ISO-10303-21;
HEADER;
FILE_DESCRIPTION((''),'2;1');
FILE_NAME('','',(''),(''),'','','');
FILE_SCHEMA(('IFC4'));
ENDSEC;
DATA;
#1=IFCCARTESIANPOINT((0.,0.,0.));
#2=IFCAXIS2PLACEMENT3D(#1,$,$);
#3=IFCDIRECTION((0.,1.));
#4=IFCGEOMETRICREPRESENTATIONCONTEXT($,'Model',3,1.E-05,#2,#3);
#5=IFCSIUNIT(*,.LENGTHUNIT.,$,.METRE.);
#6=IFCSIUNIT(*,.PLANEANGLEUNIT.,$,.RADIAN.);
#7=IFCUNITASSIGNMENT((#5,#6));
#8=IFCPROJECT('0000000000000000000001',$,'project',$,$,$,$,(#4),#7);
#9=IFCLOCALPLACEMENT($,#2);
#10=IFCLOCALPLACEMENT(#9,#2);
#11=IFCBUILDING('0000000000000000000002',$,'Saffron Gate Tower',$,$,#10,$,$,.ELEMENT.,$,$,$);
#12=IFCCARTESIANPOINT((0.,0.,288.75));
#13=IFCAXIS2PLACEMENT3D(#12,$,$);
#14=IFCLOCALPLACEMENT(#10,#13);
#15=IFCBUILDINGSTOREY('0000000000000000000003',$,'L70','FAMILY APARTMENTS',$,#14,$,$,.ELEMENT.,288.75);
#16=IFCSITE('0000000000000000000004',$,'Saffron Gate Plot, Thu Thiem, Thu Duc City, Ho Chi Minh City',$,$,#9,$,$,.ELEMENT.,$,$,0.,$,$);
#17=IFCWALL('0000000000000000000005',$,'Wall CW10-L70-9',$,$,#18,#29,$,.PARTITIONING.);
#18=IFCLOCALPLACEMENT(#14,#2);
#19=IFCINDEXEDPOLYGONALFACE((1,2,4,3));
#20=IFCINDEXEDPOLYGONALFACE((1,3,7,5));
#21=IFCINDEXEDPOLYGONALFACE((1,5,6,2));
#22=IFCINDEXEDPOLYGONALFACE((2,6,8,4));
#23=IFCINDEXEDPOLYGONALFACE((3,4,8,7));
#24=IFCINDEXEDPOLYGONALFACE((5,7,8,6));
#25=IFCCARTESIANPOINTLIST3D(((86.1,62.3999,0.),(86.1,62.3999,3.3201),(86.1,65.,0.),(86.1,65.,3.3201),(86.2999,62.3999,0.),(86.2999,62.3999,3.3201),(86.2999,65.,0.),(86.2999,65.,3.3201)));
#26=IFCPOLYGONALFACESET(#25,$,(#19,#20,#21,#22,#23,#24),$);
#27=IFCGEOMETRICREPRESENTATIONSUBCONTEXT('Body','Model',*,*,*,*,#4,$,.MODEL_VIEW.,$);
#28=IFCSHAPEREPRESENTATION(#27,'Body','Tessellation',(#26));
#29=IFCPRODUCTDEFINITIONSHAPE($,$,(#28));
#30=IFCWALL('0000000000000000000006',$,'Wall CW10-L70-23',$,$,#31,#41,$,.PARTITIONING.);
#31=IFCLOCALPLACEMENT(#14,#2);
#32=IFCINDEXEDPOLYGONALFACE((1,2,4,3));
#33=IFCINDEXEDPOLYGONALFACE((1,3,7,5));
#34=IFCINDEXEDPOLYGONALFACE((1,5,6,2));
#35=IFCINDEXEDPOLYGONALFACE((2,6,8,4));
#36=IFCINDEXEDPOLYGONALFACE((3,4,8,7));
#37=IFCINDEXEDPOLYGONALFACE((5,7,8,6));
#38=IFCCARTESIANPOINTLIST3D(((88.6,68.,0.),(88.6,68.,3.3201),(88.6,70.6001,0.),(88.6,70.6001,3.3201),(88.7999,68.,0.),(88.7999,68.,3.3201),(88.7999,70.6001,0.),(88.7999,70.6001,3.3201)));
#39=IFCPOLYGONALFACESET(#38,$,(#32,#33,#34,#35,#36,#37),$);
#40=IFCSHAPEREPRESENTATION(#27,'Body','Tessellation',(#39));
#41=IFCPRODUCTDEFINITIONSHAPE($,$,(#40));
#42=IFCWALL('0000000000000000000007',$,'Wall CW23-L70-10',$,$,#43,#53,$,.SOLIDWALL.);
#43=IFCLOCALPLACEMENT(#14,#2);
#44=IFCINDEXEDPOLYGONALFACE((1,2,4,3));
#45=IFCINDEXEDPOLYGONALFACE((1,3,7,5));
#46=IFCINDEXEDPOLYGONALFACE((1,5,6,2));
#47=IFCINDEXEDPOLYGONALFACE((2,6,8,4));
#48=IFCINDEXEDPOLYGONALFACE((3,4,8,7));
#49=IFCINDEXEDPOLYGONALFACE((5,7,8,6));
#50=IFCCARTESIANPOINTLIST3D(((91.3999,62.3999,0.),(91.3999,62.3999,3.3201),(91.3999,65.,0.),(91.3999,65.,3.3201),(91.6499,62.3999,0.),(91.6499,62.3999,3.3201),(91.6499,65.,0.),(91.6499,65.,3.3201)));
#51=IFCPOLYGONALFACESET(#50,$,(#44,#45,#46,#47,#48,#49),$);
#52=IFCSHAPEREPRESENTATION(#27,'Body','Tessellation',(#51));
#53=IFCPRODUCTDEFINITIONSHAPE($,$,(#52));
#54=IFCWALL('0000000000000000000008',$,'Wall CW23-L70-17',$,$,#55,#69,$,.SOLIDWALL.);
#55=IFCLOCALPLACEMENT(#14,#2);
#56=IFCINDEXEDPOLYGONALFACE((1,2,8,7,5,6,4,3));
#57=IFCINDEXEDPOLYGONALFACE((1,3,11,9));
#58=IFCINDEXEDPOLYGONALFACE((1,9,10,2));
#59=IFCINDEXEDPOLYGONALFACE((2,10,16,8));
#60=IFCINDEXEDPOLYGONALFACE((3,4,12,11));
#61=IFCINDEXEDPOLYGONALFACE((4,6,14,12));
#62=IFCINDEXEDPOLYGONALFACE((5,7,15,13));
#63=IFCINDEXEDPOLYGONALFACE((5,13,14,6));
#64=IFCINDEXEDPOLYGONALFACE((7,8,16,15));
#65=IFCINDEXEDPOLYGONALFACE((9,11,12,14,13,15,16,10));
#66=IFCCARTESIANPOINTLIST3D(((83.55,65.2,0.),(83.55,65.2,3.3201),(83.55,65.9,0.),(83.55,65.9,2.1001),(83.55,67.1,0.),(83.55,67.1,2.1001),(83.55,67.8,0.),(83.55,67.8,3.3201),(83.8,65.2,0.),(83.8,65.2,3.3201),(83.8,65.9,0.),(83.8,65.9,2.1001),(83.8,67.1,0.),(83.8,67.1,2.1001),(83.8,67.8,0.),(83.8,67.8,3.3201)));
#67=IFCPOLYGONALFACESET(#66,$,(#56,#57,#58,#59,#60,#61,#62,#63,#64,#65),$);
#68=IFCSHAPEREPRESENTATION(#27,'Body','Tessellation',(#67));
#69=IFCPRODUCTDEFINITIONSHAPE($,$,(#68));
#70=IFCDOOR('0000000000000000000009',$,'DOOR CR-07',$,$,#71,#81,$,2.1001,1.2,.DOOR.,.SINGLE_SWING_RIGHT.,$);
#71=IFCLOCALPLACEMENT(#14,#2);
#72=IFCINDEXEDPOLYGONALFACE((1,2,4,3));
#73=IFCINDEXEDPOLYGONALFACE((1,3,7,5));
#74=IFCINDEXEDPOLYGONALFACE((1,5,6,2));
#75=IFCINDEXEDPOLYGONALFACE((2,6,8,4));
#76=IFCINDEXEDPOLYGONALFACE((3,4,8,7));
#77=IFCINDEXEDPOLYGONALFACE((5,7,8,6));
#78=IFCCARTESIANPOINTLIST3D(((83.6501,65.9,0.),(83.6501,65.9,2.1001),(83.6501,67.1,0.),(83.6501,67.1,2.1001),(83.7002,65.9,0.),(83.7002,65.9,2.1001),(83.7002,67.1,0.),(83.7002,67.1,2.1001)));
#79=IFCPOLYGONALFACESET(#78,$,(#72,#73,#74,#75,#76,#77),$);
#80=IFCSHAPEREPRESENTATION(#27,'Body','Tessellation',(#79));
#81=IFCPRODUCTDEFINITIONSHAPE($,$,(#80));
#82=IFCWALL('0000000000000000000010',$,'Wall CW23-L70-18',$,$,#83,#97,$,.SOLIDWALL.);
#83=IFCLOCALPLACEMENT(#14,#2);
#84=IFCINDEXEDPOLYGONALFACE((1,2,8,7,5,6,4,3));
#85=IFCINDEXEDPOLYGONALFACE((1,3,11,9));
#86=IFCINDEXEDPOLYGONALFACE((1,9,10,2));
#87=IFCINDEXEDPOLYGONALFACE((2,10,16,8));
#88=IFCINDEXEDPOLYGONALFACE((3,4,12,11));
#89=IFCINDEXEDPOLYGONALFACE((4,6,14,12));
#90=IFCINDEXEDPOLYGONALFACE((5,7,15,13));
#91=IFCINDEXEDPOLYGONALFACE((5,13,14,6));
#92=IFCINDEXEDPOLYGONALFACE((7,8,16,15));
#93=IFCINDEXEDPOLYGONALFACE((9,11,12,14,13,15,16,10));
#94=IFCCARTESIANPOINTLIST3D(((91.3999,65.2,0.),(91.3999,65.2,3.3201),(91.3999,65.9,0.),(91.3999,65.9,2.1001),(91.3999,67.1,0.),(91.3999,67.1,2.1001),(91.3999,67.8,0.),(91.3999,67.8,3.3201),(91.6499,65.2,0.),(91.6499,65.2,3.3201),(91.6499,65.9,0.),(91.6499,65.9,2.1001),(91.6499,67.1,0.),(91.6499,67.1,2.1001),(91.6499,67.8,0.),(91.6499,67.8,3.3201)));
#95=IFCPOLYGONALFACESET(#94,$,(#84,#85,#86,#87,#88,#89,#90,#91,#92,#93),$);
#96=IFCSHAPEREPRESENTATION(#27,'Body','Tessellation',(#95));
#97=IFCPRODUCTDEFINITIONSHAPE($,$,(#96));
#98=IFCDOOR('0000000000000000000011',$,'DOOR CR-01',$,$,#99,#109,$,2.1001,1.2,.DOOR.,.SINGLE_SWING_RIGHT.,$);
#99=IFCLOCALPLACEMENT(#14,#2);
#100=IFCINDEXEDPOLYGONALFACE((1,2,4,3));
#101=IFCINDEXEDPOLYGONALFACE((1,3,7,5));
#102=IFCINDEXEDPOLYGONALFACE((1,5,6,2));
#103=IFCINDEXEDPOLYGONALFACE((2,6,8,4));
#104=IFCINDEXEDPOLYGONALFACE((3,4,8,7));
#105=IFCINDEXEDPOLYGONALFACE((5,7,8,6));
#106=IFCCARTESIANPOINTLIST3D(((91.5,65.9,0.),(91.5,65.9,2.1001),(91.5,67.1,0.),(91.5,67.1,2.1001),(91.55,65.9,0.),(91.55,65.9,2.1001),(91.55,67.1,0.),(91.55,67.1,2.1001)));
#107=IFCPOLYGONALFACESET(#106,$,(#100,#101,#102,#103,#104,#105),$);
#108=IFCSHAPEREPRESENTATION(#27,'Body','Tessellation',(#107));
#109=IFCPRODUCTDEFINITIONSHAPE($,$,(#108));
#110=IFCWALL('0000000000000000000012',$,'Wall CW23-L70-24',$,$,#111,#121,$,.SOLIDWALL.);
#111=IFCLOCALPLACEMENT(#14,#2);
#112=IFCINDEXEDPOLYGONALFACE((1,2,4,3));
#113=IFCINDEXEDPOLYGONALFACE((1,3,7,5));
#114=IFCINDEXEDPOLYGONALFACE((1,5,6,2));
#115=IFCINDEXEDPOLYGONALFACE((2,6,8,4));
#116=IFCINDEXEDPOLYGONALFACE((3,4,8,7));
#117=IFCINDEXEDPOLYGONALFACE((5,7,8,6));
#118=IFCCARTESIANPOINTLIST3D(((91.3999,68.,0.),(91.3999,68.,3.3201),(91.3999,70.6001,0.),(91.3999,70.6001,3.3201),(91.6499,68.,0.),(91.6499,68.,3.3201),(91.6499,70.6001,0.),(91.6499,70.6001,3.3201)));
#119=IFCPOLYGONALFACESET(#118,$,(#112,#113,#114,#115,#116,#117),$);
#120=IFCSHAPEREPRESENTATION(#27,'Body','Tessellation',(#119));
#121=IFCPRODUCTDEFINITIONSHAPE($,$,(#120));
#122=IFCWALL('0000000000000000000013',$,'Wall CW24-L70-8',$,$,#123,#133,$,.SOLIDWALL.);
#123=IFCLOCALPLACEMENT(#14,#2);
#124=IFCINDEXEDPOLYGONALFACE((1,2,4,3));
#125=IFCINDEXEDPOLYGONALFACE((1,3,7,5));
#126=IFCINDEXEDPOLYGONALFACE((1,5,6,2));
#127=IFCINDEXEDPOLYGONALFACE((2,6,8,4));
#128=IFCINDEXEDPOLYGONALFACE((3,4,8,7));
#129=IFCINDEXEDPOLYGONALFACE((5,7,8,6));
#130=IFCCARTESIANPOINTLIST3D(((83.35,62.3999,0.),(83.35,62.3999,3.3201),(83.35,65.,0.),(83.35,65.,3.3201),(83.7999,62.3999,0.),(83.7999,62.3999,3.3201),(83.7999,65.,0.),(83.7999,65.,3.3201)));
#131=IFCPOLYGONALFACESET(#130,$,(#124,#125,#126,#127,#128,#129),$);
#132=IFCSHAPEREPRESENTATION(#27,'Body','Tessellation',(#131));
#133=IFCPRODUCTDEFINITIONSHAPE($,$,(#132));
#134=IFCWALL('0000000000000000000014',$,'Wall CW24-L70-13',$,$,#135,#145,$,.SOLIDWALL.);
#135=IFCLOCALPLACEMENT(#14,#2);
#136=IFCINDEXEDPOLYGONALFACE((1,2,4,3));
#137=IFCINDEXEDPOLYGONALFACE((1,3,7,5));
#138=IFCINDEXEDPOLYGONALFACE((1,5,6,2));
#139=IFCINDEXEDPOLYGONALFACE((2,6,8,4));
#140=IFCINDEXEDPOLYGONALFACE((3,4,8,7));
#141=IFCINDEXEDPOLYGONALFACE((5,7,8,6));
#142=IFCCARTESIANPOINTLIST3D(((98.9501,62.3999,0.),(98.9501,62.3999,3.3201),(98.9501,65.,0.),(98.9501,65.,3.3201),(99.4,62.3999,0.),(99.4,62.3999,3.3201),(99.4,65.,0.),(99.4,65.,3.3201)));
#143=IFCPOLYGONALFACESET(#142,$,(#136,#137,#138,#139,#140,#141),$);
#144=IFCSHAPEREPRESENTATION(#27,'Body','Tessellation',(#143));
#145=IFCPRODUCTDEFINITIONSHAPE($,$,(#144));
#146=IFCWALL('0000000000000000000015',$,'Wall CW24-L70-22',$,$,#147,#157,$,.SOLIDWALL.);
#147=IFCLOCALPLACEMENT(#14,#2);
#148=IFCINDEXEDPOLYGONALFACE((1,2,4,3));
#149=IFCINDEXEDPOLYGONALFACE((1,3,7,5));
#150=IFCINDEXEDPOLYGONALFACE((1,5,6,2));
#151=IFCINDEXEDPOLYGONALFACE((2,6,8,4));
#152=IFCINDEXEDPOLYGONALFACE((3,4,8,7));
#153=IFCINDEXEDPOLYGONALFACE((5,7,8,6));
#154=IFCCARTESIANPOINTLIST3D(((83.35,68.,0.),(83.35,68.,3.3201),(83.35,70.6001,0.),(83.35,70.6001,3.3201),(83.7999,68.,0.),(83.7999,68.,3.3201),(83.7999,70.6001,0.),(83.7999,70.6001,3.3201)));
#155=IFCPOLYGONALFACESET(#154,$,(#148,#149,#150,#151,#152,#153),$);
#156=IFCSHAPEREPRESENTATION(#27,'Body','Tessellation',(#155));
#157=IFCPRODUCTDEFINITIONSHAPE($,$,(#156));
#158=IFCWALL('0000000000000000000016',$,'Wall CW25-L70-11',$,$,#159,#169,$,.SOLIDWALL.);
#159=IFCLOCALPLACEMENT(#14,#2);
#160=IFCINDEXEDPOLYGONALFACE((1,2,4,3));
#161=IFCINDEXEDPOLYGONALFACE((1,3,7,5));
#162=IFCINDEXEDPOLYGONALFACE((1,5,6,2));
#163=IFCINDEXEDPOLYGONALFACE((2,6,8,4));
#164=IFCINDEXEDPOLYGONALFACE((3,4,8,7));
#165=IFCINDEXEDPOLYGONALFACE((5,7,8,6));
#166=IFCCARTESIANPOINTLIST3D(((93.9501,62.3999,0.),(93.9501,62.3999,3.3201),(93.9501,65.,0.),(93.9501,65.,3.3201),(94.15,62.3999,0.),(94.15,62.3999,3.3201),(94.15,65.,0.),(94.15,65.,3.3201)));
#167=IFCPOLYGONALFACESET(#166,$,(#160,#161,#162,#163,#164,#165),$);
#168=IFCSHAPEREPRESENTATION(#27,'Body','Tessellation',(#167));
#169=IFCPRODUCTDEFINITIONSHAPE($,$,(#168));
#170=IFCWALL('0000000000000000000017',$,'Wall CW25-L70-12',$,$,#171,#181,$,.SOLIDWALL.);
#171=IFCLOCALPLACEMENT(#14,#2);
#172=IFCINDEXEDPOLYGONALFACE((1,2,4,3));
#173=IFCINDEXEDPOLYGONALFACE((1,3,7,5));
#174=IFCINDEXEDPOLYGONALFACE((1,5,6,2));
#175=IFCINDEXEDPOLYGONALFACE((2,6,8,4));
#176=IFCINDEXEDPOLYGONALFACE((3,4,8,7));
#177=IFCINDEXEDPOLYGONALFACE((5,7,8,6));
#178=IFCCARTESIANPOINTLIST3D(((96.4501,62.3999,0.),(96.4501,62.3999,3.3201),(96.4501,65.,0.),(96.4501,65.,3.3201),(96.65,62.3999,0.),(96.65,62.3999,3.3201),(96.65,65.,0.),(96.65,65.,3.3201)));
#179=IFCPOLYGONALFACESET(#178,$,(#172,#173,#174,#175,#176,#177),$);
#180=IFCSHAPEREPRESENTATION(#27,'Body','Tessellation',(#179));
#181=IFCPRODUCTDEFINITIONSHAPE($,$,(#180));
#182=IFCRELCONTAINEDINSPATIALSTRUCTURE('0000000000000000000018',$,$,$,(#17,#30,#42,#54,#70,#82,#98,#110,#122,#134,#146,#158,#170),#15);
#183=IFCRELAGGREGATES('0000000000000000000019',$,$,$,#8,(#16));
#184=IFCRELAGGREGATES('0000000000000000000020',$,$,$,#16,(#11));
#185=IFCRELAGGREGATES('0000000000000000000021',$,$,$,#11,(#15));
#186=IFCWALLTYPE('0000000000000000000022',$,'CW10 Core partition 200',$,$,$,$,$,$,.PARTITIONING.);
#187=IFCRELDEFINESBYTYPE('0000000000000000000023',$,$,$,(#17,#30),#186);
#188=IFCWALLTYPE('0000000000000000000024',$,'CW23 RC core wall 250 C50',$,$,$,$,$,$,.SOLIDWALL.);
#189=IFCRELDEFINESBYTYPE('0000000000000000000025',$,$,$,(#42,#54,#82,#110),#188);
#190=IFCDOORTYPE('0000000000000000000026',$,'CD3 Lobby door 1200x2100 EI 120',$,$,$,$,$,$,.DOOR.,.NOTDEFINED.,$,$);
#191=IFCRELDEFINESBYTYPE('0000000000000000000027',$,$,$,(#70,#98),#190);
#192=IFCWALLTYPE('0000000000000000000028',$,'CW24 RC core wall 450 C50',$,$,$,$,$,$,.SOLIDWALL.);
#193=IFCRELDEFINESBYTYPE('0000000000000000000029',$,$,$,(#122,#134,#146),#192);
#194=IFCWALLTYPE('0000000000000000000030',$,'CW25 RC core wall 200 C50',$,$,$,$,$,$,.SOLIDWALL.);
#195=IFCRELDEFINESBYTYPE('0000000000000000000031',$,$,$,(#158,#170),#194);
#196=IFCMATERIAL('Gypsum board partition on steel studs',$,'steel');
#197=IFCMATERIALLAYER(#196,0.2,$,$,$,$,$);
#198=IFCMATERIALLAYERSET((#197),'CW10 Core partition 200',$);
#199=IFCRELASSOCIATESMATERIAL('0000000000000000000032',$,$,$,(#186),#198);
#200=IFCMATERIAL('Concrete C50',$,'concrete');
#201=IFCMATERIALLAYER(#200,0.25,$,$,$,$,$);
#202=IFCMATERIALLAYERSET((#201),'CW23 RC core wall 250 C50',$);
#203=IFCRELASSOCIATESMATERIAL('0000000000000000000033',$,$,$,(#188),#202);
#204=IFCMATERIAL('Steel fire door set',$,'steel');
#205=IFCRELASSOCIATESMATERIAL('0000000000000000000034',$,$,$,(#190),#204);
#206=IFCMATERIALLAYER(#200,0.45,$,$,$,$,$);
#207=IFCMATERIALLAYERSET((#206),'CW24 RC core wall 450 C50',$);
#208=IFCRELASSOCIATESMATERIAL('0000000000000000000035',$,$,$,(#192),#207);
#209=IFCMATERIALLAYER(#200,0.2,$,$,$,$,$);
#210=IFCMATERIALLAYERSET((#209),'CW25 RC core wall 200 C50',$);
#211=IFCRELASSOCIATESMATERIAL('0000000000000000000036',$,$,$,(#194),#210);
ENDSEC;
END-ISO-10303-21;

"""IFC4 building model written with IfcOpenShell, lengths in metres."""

from ifc_helpers import new_model, si_unit, direction, frame, frame_2d, origin, place, context, subcontext, project, spatial, rectangle, extrude, material, layer, layer_set, type_object, element, fill, save


model = new_model("IFC4")

# Units and contexts
model_context = context("Model", 3, precision=1e-05, world=origin(), true_north=direction((0.0, 1.0)))
body_context = subcontext(model_context, "Body", "Model", "MODEL_VIEW")
ifc_project = project(units=[si_unit("LENGTHUNIT", "METRE"), si_unit("PLANEANGLEUNIT", "RADIAN")], contexts=[model_context])

# Site, building, storey
site_placement = place(None, origin())
site = spatial("IfcSite", under=ifc_project, at=site_placement, Name="Saffron Gate Plot, Thu Thiem, Thu Duc City, Ho Chi Minh City", CompositionType="ELEMENT", RefElevation=0.0)
building_placement = place(site_placement, origin())
building = spatial("IfcBuilding", under=site, at=building_placement, Name="Saffron Gate Tower", CompositionType="ELEMENT")
storey_placement = place(building_placement, frame((0.0, 0.0, 288.75)))
storey = spatial("IfcBuildingStorey", under=building, at=storey_placement, Name="L70", Description="FAMILY APARTMENTS", CompositionType="ELEMENT", Elevation=288.75)

# Walls
ifc_material_1 = material(Name="Gypsum board partition on steel studs", Category="steel")
ifc_layer_1 = layer(ifc_material_1, 0.2)
ifc_layer_set_1 = layer_set([ifc_layer_1], Name="CW10 Core partition 200")
wall_type_1 = type_object("IfcWallType", Name="CW10 Core partition 200", PredefinedType="PARTITIONING", material=ifc_layer_set_1)
for number, where, z_axis, x_axis, name in (
    (1, (86.2, 62.3999, 0.0), (0.0, 0.0, 1.0), (0.0, 1.0, 0.0), "Wall CW10-L70-9"),
    (2, (88.7, 68.0, 0.0), (0.0, 0.0, 1.0), (0.0, 1.0, 0.0), "Wall CW10-L70-23"),
):
    element("IfcWall", number, at=place(storey_placement, frame(where, z_axis=z_axis, x_axis=x_axis)), inside=storey, type_object=wall_type_1, Name=name, PredefinedType="PARTITIONING", context=body_context, shape_type="SweptSolid", body=[
        extrude(rectangle(XDim=2.6001, YDim=0.2, at=frame_2d((1.3, 0.0))), origin(), (0.0, 0.0, 1.0), 3.3201),
    ])
ifc_material_2 = material(Name="Concrete C50", Category="concrete")
ifc_layer_2 = layer(ifc_material_2, 0.25)
ifc_layer_set_2 = layer_set([ifc_layer_2], Name="CW23 RC core wall 250 C50")
wall_type_2 = type_object("IfcWallType", Name="CW23 RC core wall 250 C50", PredefinedType="SOLIDWALL", material=ifc_layer_set_2)
wall_1_placement = place(storey_placement, frame((91.5249, 62.3999, 0.0), z_axis=(0.0, 0.0, 1.0), x_axis=(0.0, 1.0, 0.0)))
element("IfcWall", 3, at=wall_1_placement, inside=storey, type_object=wall_type_2, Name="Wall CW23-L70-10", PredefinedType="SOLIDWALL", context=body_context, shape_type="SweptSolid", body=[
    extrude(rectangle(XDim=2.6001, YDim=0.25, at=frame_2d((1.3, 0.0))), origin(), (0.0, 0.0, 1.0), 3.3201),
])

# Walls, openings, doors
wall_2_placement = place(storey_placement, frame((83.675, 65.2, 0.0), z_axis=(0.0, 0.0, 1.0), x_axis=(0.0, 1.0, 0.0)))
wall_2 = element("IfcWall", 4, at=wall_2_placement, inside=storey, type_object=wall_type_2, Name="Wall CW23-L70-17", PredefinedType="SOLIDWALL", context=body_context, shape_type="SweptSolid", body=[
    extrude(rectangle(XDim=2.6001, YDim=0.25, at=frame_2d((1.3, 0.0))), origin(), (0.0, 0.0, 1.0), 3.3201),
])
opening_1_placement = place(wall_2_placement, frame((0.7, 0.0, 0.0)))
opening_1 = element("IfcOpeningElement", 5, at=opening_1_placement, cuts=wall_2, PredefinedType="OPENING", context=body_context, shape_type="SweptSolid", body=[
    extrude(rectangle(XDim=1.2, YDim=2.1001, at=frame_2d((0.6001, 1.05))), frame((0.0, 0.135, 0.0), z_axis=(0.0, -1.0, 0.0), x_axis=(1.0, 0.0, 0.0)), (0.0, 0.0, 1.0), 0.27),
])
ifc_material_3 = material(Name="Steel fire door set", Category="steel")
door_type_1 = type_object("IfcDoorType", Name="CD3 Lobby door 1200x2100 EI 120", OperationType="NOTDEFINED", PredefinedType="DOOR", material=ifc_material_3)
door_1_placement = place(opening_1_placement, origin())
door_1 = element("IfcDoor", 6, at=door_1_placement, inside=storey, type_object=door_type_1, Name="DOOR CR-07", OperationType="SINGLE_SWING_RIGHT", OverallHeight=2.1001, OverallWidth=1.2, PredefinedType="DOOR", context=body_context, shape_type="SweptSolid", body=[
    extrude(rectangle(XDim=1.2, YDim=2.1001, at=frame_2d((0.6001, 1.05))), frame((0.0, 0.0249, 0.0), z_axis=(0.0, -1.0, 0.0), x_axis=(1.0, 0.0, 0.0)), (0.0, 0.0, 1.0), 0.05),
])
fill(opening_1, door_1)
wall_3_placement = place(storey_placement, frame((91.5249, 65.2, 0.0), z_axis=(0.0, 0.0, 1.0), x_axis=(0.0, 1.0, 0.0)))
wall_3 = element("IfcWall", 7, at=wall_3_placement, inside=storey, type_object=wall_type_2, Name="Wall CW23-L70-18", PredefinedType="SOLIDWALL", context=body_context, shape_type="SweptSolid", body=[
    extrude(rectangle(XDim=2.6001, YDim=0.25, at=frame_2d((1.3, 0.0))), origin(), (0.0, 0.0, 1.0), 3.3201),
])
opening_2_placement = place(wall_3_placement, frame((0.7, 0.0, 0.0)))
opening_2 = element("IfcOpeningElement", 8, at=opening_2_placement, cuts=wall_3, PredefinedType="OPENING", context=body_context, shape_type="SweptSolid", body=[
    extrude(rectangle(XDim=1.2, YDim=2.1001, at=frame_2d((0.6001, 1.05))), frame((0.0, 0.135, 0.0), z_axis=(0.0, -1.0, 0.0), x_axis=(1.0, 0.0, 0.0)), (0.0, 0.0, 1.0), 0.27),
])
door_2_placement = place(opening_2_placement, origin())
door_2 = element("IfcDoor", 9, at=door_2_placement, inside=storey, type_object=door_type_1, Name="DOOR CR-01", OperationType="SINGLE_SWING_RIGHT", OverallHeight=2.1001, OverallWidth=1.2, PredefinedType="DOOR", context=body_context, shape_type="SweptSolid", body=[
    extrude(rectangle(XDim=1.2, YDim=2.1001, at=frame_2d((0.6001, 1.05))), frame((0.0, 0.0249, 0.0), z_axis=(0.0, -1.0, 0.0), x_axis=(1.0, 0.0, 0.0)), (0.0, 0.0, 1.0), 0.05),
])
fill(opening_2, door_2)

# Walls
wall_4_placement = place(storey_placement, frame((91.5249, 68.0, 0.0), z_axis=(0.0, 0.0, 1.0), x_axis=(0.0, 1.0, 0.0)))
element("IfcWall", 10, at=wall_4_placement, inside=storey, type_object=wall_type_2, Name="Wall CW23-L70-24", PredefinedType="SOLIDWALL", context=body_context, shape_type="SweptSolid", body=[
    extrude(rectangle(XDim=2.6001, YDim=0.25, at=frame_2d((1.3, 0.0))), origin(), (0.0, 0.0, 1.0), 3.3201),
])
ifc_layer_3 = layer(ifc_material_2, 0.45)
ifc_layer_set_3 = layer_set([ifc_layer_3], Name="CW24 RC core wall 450 C50")
wall_type_3 = type_object("IfcWallType", Name="CW24 RC core wall 450 C50", PredefinedType="SOLIDWALL", material=ifc_layer_set_3)
for number, where, z_axis, x_axis, name in (
    (11, (83.575, 62.3999, 0.0), (0.0, 0.0, 1.0), (0.0, 1.0, 0.0), "Wall CW24-L70-8"),
    (12, (99.175, 62.3999, 0.0), (0.0, 0.0, 1.0), (0.0, 1.0, 0.0), "Wall CW24-L70-13"),
    (13, (83.575, 68.0, 0.0), (0.0, 0.0, 1.0), (0.0, 1.0, 0.0), "Wall CW24-L70-22"),
):
    element("IfcWall", number, at=place(storey_placement, frame(where, z_axis=z_axis, x_axis=x_axis)), inside=storey, type_object=wall_type_3, Name=name, PredefinedType="SOLIDWALL", context=body_context, shape_type="SweptSolid", body=[
        extrude(rectangle(XDim=2.6001, YDim=0.45, at=frame_2d((1.3, 0.0))), origin(), (0.0, 0.0, 1.0), 3.3201),
    ])
ifc_layer_4 = layer(ifc_material_2, 0.2)
ifc_layer_set_4 = layer_set([ifc_layer_4], Name="CW25 RC core wall 200 C50")
wall_type_4 = type_object("IfcWallType", Name="CW25 RC core wall 200 C50", PredefinedType="SOLIDWALL", material=ifc_layer_set_4)
for number, where, z_axis, x_axis, name in (
    (14, (94.05, 62.3999, 0.0), (0.0, 0.0, 1.0), (0.0, 1.0, 0.0), "Wall CW25-L70-11"),
    (15, (96.55, 62.3999, 0.0), (0.0, 0.0, 1.0), (0.0, 1.0, 0.0), "Wall CW25-L70-12"),
):
    element("IfcWall", number, at=place(storey_placement, frame(where, z_axis=z_axis, x_axis=x_axis)), inside=storey, type_object=wall_type_4, Name=name, PredefinedType="SOLIDWALL", context=body_context, shape_type="SweptSolid", body=[
        extrude(rectangle(XDim=2.6001, YDim=0.2, at=frame_2d((1.3, 0.0))), origin(), (0.0, 0.0, 1.0), 3.3201),
    ])

save(model, "model.ifc")
